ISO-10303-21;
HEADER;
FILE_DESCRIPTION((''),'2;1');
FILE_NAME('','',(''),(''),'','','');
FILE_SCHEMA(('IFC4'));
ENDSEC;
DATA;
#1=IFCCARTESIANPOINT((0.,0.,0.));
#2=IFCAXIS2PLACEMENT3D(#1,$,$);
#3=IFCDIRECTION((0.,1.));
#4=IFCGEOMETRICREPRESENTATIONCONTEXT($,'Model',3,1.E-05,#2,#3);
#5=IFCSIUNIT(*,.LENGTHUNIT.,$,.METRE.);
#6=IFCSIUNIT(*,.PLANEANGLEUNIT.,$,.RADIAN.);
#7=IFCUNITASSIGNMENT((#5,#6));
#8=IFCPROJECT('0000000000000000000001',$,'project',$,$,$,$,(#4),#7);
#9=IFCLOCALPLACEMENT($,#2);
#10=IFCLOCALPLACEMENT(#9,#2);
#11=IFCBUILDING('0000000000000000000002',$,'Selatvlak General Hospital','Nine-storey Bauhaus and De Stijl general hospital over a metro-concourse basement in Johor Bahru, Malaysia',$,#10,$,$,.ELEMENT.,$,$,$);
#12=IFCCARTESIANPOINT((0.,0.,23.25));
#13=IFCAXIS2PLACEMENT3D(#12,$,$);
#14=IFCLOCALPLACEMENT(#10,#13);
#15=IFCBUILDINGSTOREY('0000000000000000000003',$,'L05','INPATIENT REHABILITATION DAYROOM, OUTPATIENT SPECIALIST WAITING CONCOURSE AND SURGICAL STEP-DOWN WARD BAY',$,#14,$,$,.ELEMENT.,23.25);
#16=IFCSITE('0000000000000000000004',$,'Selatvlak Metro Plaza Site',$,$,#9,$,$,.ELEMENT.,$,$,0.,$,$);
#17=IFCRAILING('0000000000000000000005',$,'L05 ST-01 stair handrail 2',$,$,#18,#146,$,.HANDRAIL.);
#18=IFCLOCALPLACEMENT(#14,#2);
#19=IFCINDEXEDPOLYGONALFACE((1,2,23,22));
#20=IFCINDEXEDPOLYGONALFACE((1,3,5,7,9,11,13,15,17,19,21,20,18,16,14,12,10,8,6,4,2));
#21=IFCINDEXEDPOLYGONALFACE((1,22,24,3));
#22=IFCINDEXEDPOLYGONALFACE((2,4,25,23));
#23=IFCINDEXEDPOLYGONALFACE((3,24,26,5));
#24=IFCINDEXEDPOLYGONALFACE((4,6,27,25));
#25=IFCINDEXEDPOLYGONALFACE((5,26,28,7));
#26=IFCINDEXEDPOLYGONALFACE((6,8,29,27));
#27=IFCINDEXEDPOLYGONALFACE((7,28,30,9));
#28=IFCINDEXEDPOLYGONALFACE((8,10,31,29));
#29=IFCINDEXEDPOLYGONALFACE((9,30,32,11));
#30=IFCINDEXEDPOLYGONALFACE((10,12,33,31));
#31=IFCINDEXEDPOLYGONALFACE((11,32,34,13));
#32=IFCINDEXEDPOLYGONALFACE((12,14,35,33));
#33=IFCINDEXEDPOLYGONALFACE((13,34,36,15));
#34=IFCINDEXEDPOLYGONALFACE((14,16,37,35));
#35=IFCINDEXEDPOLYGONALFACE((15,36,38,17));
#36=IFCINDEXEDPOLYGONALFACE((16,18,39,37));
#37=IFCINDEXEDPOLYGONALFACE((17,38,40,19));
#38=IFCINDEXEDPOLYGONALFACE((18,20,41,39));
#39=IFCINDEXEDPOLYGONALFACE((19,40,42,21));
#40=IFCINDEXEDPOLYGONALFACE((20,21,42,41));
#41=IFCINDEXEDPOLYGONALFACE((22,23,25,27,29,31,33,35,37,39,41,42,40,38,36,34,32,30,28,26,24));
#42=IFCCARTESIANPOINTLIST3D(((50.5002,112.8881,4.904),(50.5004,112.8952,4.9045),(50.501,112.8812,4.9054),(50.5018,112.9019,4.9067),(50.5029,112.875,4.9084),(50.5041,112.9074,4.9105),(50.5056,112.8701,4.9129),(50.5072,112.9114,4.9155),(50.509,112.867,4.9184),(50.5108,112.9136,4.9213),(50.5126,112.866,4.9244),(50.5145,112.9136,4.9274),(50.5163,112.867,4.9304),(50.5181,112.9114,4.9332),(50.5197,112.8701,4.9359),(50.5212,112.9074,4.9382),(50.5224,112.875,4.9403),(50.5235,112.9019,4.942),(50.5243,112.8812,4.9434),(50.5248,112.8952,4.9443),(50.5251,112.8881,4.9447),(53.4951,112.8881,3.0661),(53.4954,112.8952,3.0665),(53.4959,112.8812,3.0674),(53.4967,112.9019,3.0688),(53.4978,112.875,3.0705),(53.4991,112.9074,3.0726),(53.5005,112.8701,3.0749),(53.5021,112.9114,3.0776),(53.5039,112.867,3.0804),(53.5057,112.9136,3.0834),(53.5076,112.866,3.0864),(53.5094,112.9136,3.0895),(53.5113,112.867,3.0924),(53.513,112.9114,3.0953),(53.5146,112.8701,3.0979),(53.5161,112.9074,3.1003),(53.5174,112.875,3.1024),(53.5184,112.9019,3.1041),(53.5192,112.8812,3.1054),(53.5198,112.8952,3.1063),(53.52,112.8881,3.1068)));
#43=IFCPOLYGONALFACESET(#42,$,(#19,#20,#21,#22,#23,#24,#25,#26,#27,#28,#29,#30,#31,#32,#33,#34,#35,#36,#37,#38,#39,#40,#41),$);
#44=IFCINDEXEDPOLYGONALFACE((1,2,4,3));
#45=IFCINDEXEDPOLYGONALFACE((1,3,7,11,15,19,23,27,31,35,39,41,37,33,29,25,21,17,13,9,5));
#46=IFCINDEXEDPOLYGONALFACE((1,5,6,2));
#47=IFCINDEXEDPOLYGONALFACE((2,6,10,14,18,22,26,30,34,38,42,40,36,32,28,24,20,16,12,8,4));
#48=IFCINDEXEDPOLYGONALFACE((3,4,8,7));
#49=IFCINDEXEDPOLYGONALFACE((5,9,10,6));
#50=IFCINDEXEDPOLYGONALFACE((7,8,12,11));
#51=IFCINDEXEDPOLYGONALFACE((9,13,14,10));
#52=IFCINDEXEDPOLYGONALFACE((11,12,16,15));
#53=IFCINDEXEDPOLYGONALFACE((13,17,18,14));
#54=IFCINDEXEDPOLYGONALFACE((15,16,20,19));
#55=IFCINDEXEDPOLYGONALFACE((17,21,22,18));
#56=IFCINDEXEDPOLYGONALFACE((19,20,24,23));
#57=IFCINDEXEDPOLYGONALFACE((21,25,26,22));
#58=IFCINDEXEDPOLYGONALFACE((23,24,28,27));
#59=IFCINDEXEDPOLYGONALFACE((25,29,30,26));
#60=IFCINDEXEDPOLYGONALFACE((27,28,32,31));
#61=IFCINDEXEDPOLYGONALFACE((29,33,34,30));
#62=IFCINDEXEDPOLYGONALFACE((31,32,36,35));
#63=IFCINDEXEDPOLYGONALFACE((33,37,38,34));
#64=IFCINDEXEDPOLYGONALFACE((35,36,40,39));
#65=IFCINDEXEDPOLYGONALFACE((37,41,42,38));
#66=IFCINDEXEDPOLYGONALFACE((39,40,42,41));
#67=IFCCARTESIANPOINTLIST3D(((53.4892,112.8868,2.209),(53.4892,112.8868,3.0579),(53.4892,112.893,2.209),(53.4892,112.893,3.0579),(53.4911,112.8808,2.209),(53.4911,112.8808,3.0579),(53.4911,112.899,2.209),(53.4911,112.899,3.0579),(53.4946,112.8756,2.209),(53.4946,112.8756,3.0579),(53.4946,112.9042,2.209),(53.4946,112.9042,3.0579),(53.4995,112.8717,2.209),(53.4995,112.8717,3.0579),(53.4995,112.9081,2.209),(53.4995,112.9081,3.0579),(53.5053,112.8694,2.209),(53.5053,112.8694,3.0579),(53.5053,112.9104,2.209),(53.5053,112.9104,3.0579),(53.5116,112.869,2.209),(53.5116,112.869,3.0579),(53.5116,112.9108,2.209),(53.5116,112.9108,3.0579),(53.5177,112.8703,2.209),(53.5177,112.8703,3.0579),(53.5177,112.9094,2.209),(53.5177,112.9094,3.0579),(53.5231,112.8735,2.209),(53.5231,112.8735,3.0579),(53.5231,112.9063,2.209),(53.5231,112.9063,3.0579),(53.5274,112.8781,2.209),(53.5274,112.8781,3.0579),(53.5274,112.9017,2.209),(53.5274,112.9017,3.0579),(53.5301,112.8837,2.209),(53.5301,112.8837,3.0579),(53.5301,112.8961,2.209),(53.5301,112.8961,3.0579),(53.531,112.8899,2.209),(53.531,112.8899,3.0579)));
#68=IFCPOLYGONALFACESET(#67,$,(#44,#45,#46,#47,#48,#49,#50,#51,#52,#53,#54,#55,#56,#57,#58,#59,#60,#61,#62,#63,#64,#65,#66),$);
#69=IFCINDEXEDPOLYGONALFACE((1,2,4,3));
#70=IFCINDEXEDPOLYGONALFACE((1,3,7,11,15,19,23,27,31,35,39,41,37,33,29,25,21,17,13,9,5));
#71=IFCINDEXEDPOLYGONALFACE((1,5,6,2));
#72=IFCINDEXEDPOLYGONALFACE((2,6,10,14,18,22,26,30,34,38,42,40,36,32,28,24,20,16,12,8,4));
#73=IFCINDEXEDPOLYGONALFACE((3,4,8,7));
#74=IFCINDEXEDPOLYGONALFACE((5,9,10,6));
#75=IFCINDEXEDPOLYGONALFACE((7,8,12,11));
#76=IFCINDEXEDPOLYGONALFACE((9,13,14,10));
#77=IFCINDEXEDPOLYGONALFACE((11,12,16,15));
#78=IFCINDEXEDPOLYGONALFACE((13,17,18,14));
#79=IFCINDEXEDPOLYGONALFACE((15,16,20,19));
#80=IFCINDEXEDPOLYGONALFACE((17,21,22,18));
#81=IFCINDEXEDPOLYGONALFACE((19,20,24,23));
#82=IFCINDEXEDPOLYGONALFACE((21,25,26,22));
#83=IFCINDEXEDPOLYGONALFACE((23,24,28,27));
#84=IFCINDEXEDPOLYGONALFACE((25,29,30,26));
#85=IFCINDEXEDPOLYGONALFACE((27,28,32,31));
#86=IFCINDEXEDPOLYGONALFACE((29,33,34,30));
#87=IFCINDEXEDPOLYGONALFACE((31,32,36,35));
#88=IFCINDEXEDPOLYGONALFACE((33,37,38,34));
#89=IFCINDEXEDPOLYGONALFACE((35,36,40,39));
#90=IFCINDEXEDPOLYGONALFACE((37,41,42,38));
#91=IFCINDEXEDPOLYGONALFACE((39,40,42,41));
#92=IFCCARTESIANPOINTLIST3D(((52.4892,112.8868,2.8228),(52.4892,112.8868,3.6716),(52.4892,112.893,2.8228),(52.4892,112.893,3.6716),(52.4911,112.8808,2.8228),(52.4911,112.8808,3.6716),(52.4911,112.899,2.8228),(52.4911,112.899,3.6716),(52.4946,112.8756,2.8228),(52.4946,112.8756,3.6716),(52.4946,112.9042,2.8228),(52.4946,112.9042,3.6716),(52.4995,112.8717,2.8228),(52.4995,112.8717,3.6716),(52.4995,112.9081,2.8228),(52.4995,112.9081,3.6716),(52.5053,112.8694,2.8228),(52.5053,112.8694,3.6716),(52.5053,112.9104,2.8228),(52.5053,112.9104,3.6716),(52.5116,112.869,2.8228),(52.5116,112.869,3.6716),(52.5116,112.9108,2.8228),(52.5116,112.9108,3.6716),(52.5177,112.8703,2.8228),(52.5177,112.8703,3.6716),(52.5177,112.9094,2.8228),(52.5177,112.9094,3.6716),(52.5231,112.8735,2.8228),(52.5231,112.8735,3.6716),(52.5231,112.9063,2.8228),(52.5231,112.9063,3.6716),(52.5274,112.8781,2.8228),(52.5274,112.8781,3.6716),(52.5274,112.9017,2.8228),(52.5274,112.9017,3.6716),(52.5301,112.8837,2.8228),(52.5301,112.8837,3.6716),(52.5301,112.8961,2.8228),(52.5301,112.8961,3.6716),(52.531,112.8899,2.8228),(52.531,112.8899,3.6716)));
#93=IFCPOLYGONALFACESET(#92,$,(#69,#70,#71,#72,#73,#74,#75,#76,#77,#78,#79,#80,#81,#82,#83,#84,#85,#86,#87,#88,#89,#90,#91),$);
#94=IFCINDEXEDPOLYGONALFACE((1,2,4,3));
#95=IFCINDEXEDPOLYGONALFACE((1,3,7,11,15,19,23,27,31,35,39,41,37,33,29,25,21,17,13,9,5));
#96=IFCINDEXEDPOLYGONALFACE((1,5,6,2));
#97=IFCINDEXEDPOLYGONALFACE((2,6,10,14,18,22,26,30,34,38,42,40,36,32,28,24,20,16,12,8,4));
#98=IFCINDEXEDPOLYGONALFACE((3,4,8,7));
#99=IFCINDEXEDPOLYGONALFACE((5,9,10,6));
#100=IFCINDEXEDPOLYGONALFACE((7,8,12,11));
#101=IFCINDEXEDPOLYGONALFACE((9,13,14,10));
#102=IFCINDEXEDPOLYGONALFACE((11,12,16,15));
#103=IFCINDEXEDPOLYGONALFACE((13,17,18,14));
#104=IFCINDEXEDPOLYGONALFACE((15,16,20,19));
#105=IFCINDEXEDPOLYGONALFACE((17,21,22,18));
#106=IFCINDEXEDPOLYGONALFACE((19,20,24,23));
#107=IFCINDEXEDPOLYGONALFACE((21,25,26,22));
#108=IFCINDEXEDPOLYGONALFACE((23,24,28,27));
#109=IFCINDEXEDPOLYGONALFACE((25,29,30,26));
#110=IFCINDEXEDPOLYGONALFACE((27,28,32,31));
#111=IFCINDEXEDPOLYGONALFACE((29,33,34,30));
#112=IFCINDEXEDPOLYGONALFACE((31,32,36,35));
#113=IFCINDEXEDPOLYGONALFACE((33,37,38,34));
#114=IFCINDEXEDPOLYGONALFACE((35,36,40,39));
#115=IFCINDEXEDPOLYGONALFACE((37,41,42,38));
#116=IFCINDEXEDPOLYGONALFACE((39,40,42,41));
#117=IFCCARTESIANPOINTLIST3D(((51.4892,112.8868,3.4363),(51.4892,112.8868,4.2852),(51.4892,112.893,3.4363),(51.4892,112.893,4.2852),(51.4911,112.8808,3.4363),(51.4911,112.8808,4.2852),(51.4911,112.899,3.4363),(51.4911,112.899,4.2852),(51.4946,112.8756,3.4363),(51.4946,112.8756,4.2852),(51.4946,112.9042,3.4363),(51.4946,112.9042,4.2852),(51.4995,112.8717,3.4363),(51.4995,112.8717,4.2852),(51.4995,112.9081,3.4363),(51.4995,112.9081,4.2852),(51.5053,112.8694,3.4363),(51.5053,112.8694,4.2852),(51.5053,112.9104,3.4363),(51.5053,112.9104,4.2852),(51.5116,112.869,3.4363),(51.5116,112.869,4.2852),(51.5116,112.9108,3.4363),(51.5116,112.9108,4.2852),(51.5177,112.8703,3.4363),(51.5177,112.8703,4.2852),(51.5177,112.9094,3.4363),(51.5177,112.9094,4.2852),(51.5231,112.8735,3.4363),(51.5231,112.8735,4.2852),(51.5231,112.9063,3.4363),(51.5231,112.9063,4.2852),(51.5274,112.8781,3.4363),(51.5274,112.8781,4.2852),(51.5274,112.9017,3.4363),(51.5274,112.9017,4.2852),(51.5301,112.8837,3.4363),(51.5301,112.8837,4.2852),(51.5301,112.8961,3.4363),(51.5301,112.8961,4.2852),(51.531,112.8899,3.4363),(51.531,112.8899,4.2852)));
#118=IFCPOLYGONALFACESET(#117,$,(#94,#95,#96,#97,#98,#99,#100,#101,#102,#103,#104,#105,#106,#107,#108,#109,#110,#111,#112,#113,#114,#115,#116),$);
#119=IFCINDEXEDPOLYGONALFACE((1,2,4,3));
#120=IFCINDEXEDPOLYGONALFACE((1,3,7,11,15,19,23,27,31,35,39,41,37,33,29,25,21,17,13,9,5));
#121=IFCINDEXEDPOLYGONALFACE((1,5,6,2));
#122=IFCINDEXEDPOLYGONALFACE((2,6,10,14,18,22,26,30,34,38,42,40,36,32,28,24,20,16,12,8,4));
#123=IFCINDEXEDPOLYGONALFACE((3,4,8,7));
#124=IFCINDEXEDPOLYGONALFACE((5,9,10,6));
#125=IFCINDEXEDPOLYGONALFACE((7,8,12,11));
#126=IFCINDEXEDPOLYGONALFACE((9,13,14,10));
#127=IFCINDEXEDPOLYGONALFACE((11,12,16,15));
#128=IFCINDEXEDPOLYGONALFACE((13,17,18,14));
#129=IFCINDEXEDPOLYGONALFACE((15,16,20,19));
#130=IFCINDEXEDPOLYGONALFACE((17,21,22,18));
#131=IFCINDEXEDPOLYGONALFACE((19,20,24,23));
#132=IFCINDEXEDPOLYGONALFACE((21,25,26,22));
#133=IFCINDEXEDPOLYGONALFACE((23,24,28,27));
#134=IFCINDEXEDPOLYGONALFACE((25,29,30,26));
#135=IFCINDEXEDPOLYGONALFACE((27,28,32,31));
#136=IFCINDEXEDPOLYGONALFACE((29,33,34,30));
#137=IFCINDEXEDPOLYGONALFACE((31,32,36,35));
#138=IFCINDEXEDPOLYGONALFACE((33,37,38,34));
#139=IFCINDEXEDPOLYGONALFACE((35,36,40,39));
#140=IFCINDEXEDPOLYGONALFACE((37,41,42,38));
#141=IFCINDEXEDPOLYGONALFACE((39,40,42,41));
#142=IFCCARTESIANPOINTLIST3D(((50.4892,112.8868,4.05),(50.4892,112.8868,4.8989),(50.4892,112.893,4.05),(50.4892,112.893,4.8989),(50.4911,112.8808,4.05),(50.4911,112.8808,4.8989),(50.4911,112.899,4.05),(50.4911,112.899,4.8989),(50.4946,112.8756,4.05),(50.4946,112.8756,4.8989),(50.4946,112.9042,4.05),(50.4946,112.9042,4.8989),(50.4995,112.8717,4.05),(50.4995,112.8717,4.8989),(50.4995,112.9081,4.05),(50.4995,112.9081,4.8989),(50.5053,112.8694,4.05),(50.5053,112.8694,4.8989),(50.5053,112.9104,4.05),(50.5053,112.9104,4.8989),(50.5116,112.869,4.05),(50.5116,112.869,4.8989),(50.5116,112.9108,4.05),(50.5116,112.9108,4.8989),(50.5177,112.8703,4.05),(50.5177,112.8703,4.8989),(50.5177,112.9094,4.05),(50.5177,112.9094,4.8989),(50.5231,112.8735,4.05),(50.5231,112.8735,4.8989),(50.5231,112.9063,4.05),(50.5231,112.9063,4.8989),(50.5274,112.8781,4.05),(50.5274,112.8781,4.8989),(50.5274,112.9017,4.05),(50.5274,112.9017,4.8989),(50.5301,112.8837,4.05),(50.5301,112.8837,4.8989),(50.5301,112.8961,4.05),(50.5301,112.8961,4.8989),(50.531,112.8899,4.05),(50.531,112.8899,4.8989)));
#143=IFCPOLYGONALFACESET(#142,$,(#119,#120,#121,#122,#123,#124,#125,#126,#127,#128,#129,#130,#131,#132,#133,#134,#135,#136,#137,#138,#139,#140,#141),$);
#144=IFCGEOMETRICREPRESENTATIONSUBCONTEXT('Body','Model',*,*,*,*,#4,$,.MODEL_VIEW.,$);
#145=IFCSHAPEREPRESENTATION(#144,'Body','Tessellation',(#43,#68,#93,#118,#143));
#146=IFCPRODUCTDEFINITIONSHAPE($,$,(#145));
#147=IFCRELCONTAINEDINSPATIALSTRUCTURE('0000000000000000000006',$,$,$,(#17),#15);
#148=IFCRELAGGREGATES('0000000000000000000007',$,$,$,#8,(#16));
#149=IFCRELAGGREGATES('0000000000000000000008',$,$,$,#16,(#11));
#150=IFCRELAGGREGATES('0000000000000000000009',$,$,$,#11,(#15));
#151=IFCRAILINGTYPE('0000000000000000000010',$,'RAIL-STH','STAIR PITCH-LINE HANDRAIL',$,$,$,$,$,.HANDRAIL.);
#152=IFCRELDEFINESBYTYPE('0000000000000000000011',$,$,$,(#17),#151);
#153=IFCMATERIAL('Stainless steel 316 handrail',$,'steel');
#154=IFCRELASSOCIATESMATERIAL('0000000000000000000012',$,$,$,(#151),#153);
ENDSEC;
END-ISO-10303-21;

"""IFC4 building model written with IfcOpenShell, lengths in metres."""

from ifc_helpers import new_model, si_unit, direction, frame, origin, origin_2d, place, context, subcontext, project, spatial, circle, extrude, material, type_object, element, save


model = new_model("IFC4")

# Units and contexts
model_context = context("Model", 3, precision=1e-05, world=origin(), true_north=direction((0.0, 1.0)))
body_context = subcontext(model_context, "Body", "Model", "MODEL_VIEW")
ifc_project = project(units=[si_unit("LENGTHUNIT", "METRE"), si_unit("PLANEANGLEUNIT", "RADIAN")], contexts=[model_context])

# Site, building, storey
site_placement = place(None, origin())
site = spatial("IfcSite", under=ifc_project, at=site_placement, Name="Selatvlak Metro Plaza Site", CompositionType="ELEMENT", RefElevation=0.0)
building_placement = place(site_placement, origin())
building = spatial("IfcBuilding", under=site, at=building_placement, Name="Selatvlak General Hospital", Description="Nine-storey Bauhaus and De Stijl general hospital over a metro-concourse basement in Johor Bahru, Malaysia", CompositionType="ELEMENT")
storey_placement = place(building_placement, frame((0.0, 0.0, 23.25)))
storey = spatial("IfcBuildingStorey", under=building, at=storey_placement, Name="L05", Description="INPATIENT REHABILITATION DAYROOM, OUTPATIENT SPECIALIST WAITING CONCOURSE AND SURGICAL STEP-DOWN WARD BAY", CompositionType="ELEMENT", Elevation=23.25)

# Railing
ifc_material_1 = material(Name="Stainless steel 316 handrail", Category="steel")
railing_type_1 = type_object("IfcRailingType", Name="RAIL-STH", Description="STAIR PITCH-LINE HANDRAIL", PredefinedType="HANDRAIL", material=ifc_material_1)
railing_1_placement = place(storey_placement, frame((53.51, 112.8899, 2.209)))
element("IfcRailing", 1, at=railing_1_placement, inside=storey, type_object=railing_type_1, Name="L05 ST-01 stair handrail 2", PredefinedType="HANDRAIL", context=body_context, shape_type="SweptSolid", body=[
    extrude(circle(Radius=0.0239, at=origin_2d()), frame((-0.0024, 0.0, 0.8774), z_axis=(-0.852303, 0.0, 0.523048), x_axis=(0.0, -1.0, 0.0)), (0.0, 0.0, 1.0), 3.5139),
    extrude(circle(Radius=0.021, at=origin_2d()), origin(), (0.0, 0.0, 1.0), 0.8489),
    extrude(circle(Radius=0.021, at=origin_2d()), frame((-1.0, 0.0, 0.6138)), (0.0, 0.0, 1.0), 0.8489),
    extrude(circle(Radius=0.021, at=origin_2d()), frame((-2.0, 0.0, 1.2273)), (0.0, 0.0, 1.0), 0.8489),
    extrude(circle(Radius=0.021, at=origin_2d()), frame((-3.0, 0.0, 1.8411)), (0.0, 0.0, 1.0), 0.8489),
])

save(model, "model.ifc")
